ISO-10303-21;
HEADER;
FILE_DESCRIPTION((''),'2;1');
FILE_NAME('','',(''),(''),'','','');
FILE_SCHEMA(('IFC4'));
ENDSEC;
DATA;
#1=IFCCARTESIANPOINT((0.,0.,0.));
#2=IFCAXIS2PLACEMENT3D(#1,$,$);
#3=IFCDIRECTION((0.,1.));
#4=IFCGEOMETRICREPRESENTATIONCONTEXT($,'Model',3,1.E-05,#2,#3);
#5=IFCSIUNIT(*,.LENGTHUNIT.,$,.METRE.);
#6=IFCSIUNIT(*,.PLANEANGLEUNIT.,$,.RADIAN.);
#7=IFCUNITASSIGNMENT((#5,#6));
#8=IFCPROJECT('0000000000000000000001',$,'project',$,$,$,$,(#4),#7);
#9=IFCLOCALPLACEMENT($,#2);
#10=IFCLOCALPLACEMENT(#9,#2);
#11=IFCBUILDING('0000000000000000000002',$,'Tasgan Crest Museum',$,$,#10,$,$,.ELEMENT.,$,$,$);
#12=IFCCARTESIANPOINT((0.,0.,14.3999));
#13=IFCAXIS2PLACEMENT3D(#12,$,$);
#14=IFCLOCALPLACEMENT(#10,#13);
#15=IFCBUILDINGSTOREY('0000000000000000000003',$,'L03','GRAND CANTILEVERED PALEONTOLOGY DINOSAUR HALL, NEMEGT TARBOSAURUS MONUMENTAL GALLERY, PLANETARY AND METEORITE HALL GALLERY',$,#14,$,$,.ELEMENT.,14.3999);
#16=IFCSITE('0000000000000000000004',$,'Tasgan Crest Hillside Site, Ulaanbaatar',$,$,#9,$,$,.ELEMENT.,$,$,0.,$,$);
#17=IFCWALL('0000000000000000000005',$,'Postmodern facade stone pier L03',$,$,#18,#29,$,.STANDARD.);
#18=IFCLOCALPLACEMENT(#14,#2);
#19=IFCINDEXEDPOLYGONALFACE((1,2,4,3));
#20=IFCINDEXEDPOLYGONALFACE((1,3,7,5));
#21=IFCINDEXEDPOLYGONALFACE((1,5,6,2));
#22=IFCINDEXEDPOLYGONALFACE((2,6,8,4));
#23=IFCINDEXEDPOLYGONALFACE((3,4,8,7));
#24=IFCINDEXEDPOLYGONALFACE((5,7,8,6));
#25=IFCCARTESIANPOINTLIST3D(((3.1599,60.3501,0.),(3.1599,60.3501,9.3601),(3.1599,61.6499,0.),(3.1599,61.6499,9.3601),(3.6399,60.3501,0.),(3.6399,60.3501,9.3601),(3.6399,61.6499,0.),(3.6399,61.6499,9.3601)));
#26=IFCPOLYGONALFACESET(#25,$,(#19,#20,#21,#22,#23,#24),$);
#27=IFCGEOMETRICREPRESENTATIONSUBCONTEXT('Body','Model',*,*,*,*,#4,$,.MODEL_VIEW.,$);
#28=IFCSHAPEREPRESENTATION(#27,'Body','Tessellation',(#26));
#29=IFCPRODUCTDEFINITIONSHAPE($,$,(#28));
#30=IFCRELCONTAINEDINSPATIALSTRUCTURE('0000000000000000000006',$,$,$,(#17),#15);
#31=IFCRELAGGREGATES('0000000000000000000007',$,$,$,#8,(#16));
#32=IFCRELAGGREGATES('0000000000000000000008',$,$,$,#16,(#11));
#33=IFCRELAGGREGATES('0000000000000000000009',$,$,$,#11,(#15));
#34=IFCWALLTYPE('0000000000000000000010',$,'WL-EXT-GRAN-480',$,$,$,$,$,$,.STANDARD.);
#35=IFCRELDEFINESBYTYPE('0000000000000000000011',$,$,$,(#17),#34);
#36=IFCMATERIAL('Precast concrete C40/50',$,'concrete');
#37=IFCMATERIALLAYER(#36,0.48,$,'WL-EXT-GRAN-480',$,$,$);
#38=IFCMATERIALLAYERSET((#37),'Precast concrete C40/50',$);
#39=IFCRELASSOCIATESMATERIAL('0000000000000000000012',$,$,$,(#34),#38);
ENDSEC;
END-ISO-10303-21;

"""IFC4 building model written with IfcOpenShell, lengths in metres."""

from ifc_helpers import new_model, si_unit, direction, frame, frame_2d, origin, place, context, subcontext, project, spatial, rectangle, extrude, material, layer, layer_set, type_object, element, save


model = new_model("IFC4")

# Units and contexts
model_context = context("Model", 3, precision=1e-05, world=origin(), true_north=direction((0.0, 1.0)))
body_context = subcontext(model_context, "Body", "Model", "MODEL_VIEW")
ifc_project = project(units=[si_unit("LENGTHUNIT", "METRE"), si_unit("PLANEANGLEUNIT", "RADIAN")], contexts=[model_context])

# Site, building, storey
site_placement = place(None, origin())
site = spatial("IfcSite", under=ifc_project, at=site_placement, Name="Tasgan Crest Hillside Site, Ulaanbaatar", CompositionType="ELEMENT", RefElevation=0.0)
building_placement = place(site_placement, origin())
building = spatial("IfcBuilding", under=site, at=building_placement, Name="Tasgan Crest Museum", CompositionType="ELEMENT")
storey_placement = place(building_placement, frame((0.0, 0.0, 14.3999)))
storey = spatial("IfcBuildingStorey", under=building, at=storey_placement, Name="L03", Description="GRAND CANTILEVERED PALEONTOLOGY DINOSAUR HALL, NEMEGT TARBOSAURUS MONUMENTAL GALLERY, PLANETARY AND METEORITE HALL GALLERY", CompositionType="ELEMENT", Elevation=14.3999)

# Wall
ifc_material_1 = material(Name="Precast concrete C40/50", Category="concrete")
ifc_layer_1 = layer(ifc_material_1, 0.48, Name="WL-EXT-GRAN-480")
ifc_layer_set_1 = layer_set([ifc_layer_1], Name="Precast concrete C40/50")
wall_type = type_object("IfcWallType", Name="WL-EXT-GRAN-480", PredefinedType="STANDARD", material=ifc_layer_set_1)
wall_placement = place(storey_placement, frame((3.3999, 61.6499, 0.0), z_axis=(0.0, 0.0, 1.0), x_axis=(0.0, -1.0, 0.0)))
element("IfcWall", 1, at=wall_placement, inside=storey, type_object=wall_type, Name="Postmodern facade stone pier L03", PredefinedType="STANDARD", context=body_context, shape_type="SweptSolid", body=[
    extrude(rectangle(XDim=1.2998, YDim=0.48, at=frame_2d((0.6499, 0.0))), origin(), (0.0, 0.0, 1.0), 9.3601),
])

save(model, "model.ifc")
